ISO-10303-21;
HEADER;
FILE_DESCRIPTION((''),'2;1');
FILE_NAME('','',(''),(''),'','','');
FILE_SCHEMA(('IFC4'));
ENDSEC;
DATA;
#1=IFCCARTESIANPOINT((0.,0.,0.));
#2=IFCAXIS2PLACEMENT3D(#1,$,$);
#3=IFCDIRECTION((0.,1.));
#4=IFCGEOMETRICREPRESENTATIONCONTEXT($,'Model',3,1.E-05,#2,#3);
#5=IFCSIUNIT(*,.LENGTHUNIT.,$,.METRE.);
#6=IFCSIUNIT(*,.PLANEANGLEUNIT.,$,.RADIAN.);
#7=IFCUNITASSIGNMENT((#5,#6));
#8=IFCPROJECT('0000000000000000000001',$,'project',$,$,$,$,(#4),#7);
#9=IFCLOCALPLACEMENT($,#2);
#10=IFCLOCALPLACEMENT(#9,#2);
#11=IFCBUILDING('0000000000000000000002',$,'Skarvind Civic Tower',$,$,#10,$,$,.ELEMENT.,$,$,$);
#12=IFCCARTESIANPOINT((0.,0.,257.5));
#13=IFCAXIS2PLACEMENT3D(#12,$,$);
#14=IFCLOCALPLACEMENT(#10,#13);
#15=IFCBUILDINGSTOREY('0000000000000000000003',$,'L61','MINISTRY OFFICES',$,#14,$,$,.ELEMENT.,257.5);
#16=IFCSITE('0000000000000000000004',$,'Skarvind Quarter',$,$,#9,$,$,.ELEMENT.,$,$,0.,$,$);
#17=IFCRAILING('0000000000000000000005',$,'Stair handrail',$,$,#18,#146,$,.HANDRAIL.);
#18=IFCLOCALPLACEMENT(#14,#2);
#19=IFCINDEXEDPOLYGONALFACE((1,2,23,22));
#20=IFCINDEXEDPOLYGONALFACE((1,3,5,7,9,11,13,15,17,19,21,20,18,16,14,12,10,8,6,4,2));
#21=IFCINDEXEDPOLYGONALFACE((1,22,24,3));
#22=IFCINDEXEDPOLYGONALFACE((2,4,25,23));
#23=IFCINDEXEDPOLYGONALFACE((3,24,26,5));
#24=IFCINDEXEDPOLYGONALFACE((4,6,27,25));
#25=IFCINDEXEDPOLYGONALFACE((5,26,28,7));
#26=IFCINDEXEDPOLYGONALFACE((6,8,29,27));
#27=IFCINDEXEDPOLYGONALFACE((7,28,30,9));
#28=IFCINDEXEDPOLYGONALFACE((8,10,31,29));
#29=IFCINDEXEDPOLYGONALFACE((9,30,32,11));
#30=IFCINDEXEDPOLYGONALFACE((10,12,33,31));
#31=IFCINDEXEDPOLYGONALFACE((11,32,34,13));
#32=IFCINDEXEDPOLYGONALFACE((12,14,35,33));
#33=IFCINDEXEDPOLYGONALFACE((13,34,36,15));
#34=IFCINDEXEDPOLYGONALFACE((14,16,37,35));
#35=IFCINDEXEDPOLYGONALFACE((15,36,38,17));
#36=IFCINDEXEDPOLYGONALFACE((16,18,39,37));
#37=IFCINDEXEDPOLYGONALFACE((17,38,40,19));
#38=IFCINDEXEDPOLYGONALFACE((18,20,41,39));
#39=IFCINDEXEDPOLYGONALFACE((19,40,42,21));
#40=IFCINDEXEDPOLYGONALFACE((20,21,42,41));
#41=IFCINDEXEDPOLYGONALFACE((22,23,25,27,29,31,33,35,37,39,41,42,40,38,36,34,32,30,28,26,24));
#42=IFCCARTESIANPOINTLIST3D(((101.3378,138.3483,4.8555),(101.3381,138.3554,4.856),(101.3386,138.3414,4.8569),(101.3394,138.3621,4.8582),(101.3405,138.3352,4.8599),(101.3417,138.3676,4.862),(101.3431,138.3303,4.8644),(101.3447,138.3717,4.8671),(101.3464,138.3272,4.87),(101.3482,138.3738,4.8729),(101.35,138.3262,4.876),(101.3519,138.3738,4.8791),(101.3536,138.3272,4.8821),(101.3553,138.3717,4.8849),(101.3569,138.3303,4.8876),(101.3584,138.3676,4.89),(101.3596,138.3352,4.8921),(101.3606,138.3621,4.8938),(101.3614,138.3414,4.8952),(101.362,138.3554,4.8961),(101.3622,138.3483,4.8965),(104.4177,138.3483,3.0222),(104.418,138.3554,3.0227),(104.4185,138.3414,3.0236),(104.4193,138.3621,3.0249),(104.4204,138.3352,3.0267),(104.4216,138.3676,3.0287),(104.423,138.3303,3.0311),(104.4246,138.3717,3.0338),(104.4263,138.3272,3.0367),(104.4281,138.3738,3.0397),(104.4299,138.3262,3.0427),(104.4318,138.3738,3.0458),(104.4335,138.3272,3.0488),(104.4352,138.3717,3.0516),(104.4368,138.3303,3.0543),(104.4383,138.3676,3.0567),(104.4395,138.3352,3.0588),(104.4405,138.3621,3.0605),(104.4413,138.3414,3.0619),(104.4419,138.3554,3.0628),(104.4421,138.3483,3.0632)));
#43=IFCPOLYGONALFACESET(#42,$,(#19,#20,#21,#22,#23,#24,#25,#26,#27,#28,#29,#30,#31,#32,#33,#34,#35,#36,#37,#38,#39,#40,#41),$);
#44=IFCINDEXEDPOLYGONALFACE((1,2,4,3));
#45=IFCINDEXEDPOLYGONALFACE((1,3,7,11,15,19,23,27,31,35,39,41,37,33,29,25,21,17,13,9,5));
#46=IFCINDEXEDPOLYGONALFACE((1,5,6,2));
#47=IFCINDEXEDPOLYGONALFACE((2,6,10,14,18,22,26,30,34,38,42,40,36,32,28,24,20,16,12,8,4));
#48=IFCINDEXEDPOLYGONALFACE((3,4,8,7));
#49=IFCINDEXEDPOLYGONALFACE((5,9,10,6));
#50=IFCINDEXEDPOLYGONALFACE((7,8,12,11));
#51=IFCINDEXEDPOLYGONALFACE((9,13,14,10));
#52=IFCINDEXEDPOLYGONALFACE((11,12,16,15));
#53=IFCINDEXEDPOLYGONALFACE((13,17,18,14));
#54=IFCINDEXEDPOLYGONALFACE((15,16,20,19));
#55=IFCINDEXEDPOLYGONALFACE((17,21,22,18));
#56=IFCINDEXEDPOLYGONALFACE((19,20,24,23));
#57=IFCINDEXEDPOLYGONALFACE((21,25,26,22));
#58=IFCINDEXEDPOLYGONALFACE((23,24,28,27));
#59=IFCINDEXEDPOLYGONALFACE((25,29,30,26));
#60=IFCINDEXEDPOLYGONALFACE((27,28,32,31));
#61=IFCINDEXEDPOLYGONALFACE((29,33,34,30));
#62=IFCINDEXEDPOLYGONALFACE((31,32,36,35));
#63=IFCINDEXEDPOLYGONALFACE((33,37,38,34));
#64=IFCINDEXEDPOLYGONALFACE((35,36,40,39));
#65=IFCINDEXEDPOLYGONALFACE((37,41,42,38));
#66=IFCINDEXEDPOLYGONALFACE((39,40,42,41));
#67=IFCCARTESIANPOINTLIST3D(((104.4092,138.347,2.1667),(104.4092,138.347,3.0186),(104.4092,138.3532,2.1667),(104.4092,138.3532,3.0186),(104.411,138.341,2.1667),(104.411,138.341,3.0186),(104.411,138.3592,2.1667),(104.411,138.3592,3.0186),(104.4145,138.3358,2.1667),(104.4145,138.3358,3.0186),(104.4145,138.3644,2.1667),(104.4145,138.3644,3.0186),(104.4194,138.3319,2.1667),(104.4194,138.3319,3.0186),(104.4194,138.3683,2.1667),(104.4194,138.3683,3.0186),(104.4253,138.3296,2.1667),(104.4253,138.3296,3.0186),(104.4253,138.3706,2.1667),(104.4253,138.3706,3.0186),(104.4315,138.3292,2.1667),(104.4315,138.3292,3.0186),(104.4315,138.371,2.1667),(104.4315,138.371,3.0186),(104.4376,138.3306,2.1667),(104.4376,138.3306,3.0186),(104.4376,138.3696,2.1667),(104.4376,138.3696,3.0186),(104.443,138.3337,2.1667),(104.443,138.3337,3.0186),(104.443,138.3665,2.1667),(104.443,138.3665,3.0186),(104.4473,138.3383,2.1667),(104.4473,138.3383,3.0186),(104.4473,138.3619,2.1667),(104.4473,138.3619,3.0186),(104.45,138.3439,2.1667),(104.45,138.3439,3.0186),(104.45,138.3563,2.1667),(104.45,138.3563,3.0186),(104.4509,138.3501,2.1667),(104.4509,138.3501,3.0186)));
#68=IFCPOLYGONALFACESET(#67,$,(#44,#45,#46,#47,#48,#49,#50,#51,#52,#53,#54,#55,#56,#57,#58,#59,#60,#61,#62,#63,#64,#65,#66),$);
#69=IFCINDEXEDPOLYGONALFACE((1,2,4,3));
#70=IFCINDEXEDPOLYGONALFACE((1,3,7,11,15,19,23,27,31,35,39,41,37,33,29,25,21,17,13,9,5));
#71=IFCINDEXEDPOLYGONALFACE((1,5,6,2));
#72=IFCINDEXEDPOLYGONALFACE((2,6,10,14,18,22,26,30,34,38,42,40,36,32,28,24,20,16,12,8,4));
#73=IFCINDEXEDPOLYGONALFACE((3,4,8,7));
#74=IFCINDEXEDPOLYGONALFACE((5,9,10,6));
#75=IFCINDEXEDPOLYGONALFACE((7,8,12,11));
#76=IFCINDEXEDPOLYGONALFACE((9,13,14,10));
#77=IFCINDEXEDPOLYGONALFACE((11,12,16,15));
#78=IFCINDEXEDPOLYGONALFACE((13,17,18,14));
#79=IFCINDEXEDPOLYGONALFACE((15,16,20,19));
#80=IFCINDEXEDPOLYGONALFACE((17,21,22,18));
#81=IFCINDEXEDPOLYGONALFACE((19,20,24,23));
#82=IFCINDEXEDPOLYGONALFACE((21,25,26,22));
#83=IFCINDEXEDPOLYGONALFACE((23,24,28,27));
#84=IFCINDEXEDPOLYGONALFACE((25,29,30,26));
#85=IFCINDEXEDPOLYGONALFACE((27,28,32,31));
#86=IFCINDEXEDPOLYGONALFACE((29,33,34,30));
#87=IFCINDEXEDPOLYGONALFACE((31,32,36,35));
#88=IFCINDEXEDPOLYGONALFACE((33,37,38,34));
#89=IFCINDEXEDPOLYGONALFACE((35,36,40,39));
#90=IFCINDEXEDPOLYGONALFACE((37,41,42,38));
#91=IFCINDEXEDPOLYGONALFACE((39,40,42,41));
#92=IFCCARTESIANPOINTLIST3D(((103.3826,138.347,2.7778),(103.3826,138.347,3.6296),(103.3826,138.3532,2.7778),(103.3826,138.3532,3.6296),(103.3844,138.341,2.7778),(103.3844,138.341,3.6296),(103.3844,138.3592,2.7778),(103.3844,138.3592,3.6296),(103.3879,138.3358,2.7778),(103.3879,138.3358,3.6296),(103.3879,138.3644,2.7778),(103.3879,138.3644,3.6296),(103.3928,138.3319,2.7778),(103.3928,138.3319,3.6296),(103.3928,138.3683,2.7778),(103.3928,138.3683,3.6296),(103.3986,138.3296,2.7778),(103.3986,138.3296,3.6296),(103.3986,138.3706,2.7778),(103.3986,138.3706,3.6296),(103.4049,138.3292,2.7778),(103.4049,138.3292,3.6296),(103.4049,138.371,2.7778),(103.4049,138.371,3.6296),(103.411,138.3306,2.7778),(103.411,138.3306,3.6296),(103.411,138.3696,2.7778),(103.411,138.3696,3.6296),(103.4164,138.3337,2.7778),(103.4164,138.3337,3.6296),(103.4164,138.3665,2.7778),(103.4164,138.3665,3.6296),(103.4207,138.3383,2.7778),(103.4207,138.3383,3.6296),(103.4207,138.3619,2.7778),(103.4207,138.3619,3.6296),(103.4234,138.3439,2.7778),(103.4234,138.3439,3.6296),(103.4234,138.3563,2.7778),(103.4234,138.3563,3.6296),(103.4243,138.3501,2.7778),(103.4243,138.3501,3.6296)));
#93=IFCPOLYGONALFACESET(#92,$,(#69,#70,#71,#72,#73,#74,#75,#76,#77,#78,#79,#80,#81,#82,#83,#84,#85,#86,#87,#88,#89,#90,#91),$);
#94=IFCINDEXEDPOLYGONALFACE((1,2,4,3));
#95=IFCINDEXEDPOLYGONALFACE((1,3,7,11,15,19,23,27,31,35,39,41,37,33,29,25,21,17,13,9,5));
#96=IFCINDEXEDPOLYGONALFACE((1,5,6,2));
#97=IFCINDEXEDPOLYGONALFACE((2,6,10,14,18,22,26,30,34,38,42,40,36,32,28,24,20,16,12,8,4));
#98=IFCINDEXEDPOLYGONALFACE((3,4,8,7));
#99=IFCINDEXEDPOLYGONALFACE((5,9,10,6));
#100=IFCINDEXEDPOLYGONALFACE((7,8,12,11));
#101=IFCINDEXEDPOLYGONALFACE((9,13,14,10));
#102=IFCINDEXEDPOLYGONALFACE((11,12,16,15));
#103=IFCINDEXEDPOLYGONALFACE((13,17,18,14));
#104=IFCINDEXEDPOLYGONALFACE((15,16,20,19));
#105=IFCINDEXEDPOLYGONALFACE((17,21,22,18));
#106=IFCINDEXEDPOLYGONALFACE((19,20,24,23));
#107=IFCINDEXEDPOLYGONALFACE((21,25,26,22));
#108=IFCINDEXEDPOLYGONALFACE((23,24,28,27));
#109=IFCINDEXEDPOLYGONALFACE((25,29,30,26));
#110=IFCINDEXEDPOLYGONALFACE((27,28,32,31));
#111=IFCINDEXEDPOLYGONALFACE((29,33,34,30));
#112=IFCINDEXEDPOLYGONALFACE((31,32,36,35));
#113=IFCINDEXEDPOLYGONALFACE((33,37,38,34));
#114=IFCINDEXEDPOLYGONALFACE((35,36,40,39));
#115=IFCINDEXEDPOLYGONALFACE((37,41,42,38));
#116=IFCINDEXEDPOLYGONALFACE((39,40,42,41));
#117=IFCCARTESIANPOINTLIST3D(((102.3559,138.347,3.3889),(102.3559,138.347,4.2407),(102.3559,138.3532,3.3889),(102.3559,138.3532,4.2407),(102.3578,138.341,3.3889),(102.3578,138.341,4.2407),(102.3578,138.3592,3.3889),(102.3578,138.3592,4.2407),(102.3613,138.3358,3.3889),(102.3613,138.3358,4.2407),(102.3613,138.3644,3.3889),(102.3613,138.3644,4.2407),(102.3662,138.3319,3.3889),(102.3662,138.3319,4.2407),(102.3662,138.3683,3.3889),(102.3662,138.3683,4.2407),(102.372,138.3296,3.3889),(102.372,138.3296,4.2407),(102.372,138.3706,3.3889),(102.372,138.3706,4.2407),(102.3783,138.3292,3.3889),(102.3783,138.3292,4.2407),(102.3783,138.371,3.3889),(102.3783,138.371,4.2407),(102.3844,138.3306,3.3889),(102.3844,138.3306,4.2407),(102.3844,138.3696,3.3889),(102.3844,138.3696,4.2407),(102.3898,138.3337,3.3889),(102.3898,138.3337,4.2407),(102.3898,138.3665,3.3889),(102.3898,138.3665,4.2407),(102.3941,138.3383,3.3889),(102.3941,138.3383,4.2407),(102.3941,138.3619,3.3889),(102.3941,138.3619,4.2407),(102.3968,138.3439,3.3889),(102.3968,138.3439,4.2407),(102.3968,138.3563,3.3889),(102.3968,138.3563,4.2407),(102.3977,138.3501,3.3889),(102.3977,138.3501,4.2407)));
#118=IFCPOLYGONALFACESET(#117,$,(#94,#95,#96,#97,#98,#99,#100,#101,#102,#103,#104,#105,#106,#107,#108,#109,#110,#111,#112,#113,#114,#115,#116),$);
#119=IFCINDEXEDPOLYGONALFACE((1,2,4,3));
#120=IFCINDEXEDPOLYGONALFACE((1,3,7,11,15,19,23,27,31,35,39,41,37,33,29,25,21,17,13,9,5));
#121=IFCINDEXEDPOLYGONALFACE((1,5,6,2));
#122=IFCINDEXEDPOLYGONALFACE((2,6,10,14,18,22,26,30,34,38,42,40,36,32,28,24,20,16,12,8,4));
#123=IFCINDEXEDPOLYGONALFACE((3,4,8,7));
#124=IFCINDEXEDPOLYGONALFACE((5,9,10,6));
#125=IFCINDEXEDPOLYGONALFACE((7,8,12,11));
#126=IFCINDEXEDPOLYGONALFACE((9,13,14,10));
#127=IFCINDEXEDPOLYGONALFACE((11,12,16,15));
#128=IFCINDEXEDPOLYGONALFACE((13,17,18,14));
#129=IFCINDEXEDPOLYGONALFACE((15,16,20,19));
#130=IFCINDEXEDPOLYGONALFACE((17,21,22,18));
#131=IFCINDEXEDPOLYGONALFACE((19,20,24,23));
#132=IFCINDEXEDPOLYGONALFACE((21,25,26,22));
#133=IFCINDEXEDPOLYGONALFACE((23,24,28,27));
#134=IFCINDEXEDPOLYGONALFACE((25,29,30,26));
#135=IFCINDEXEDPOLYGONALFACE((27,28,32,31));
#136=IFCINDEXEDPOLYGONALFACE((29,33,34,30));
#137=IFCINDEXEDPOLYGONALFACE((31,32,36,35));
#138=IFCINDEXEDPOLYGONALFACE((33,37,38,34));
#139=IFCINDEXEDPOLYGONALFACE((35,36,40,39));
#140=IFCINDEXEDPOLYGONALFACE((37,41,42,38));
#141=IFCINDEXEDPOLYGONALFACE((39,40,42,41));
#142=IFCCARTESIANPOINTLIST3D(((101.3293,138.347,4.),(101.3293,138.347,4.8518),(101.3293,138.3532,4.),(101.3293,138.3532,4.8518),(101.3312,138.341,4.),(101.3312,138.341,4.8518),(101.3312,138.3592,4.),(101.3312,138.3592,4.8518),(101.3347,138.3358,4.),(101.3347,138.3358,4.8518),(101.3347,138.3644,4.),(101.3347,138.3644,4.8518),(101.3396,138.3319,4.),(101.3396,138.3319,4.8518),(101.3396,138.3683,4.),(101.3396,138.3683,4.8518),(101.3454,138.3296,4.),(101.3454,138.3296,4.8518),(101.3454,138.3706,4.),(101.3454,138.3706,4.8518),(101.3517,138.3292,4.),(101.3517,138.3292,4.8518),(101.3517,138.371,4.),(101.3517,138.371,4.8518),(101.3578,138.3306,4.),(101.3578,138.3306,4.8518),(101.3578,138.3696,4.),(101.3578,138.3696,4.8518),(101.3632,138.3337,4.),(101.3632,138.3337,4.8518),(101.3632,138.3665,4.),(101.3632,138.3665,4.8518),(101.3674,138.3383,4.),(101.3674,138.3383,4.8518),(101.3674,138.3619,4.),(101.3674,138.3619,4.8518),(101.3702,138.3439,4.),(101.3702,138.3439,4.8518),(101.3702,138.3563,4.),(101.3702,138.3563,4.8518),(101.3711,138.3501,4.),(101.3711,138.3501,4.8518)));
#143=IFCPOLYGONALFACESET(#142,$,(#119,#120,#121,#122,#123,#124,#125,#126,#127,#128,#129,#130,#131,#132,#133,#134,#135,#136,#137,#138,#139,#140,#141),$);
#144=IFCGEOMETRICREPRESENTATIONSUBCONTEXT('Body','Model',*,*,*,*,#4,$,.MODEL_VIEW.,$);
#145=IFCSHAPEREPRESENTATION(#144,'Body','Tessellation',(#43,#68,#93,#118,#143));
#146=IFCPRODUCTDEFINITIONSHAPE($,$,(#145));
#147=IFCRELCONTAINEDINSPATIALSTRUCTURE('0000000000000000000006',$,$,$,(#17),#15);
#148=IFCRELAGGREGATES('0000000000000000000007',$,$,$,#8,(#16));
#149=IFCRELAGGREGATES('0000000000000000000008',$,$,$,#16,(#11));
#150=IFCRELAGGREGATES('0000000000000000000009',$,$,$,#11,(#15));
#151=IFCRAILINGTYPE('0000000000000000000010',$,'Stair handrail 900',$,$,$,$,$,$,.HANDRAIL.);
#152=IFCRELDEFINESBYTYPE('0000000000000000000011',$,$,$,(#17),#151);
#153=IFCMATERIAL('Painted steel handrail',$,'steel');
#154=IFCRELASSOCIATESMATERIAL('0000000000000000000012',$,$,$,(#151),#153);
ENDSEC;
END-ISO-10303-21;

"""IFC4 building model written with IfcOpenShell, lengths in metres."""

from ifc_helpers import new_model, si_unit, direction, frame, origin, origin_2d, place, context, subcontext, project, spatial, circle, extrude, material, type_object, element, save


model = new_model("IFC4")

# Units and contexts
model_context = context("Model", 3, precision=1e-05, world=origin(), true_north=direction((0.0, 1.0)))
body_context = subcontext(model_context, "Body", "Model", "MODEL_VIEW")
ifc_project = project(units=[si_unit("LENGTHUNIT", "METRE"), si_unit("PLANEANGLEUNIT", "RADIAN")], contexts=[model_context])

# Site, building, storey
site_placement = place(None, origin())
site = spatial("IfcSite", under=ifc_project, at=site_placement, Name="Skarvind Quarter", CompositionType="ELEMENT", RefElevation=0.0)
building_placement = place(site_placement, origin())
building = spatial("IfcBuilding", under=site, at=building_placement, Name="Skarvind Civic Tower", CompositionType="ELEMENT")
storey_placement = place(building_placement, frame((0.0, 0.0, 257.5)))
storey = spatial("IfcBuildingStorey", under=building, at=storey_placement, Name="L61", Description="MINISTRY OFFICES", CompositionType="ELEMENT", Elevation=257.5)

# Railing
ifc_material_1 = material(Name="Painted steel handrail", Category="steel")
railing_type = type_object("IfcRailingType", Name="Stair handrail 900", PredefinedType="HANDRAIL", material=ifc_material_1)
railing_1_placement = place(storey_placement, frame((104.4299, 138.3501, 2.1667)))
element("IfcRailing", 1, at=railing_1_placement, inside=storey, type_object=railing_type, Name="Stair handrail", PredefinedType="HANDRAIL", context=body_context, shape_type="SweptSolid", body=[
    extrude(circle(Radius=0.0239, at=origin_2d()), frame((0.0, 0.0, 0.876), z_axis=(-0.859291, 0.0, 0.511487), x_axis=(0.0, -1.0, 0.0)), (0.0, 0.0, 1.0), 3.5842),
    extrude(circle(Radius=0.021, at=origin_2d()), origin(), (0.0, 0.0, 1.0), 0.8518),
    extrude(circle(Radius=0.021, at=origin_2d()), frame((-1.0266, 0.0, 0.6111)), (0.0, 0.0, 1.0), 0.8518),
    extrude(circle(Radius=0.021, at=origin_2d()), frame((-2.0532, 0.0, 1.2222)), (0.0, 0.0, 1.0), 0.8518),
    extrude(circle(Radius=0.021, at=origin_2d()), frame((-3.0798, 0.0, 1.8333)), (0.0, 0.0, 1.0), 0.8518),
])

save(model, "model.ifc")
